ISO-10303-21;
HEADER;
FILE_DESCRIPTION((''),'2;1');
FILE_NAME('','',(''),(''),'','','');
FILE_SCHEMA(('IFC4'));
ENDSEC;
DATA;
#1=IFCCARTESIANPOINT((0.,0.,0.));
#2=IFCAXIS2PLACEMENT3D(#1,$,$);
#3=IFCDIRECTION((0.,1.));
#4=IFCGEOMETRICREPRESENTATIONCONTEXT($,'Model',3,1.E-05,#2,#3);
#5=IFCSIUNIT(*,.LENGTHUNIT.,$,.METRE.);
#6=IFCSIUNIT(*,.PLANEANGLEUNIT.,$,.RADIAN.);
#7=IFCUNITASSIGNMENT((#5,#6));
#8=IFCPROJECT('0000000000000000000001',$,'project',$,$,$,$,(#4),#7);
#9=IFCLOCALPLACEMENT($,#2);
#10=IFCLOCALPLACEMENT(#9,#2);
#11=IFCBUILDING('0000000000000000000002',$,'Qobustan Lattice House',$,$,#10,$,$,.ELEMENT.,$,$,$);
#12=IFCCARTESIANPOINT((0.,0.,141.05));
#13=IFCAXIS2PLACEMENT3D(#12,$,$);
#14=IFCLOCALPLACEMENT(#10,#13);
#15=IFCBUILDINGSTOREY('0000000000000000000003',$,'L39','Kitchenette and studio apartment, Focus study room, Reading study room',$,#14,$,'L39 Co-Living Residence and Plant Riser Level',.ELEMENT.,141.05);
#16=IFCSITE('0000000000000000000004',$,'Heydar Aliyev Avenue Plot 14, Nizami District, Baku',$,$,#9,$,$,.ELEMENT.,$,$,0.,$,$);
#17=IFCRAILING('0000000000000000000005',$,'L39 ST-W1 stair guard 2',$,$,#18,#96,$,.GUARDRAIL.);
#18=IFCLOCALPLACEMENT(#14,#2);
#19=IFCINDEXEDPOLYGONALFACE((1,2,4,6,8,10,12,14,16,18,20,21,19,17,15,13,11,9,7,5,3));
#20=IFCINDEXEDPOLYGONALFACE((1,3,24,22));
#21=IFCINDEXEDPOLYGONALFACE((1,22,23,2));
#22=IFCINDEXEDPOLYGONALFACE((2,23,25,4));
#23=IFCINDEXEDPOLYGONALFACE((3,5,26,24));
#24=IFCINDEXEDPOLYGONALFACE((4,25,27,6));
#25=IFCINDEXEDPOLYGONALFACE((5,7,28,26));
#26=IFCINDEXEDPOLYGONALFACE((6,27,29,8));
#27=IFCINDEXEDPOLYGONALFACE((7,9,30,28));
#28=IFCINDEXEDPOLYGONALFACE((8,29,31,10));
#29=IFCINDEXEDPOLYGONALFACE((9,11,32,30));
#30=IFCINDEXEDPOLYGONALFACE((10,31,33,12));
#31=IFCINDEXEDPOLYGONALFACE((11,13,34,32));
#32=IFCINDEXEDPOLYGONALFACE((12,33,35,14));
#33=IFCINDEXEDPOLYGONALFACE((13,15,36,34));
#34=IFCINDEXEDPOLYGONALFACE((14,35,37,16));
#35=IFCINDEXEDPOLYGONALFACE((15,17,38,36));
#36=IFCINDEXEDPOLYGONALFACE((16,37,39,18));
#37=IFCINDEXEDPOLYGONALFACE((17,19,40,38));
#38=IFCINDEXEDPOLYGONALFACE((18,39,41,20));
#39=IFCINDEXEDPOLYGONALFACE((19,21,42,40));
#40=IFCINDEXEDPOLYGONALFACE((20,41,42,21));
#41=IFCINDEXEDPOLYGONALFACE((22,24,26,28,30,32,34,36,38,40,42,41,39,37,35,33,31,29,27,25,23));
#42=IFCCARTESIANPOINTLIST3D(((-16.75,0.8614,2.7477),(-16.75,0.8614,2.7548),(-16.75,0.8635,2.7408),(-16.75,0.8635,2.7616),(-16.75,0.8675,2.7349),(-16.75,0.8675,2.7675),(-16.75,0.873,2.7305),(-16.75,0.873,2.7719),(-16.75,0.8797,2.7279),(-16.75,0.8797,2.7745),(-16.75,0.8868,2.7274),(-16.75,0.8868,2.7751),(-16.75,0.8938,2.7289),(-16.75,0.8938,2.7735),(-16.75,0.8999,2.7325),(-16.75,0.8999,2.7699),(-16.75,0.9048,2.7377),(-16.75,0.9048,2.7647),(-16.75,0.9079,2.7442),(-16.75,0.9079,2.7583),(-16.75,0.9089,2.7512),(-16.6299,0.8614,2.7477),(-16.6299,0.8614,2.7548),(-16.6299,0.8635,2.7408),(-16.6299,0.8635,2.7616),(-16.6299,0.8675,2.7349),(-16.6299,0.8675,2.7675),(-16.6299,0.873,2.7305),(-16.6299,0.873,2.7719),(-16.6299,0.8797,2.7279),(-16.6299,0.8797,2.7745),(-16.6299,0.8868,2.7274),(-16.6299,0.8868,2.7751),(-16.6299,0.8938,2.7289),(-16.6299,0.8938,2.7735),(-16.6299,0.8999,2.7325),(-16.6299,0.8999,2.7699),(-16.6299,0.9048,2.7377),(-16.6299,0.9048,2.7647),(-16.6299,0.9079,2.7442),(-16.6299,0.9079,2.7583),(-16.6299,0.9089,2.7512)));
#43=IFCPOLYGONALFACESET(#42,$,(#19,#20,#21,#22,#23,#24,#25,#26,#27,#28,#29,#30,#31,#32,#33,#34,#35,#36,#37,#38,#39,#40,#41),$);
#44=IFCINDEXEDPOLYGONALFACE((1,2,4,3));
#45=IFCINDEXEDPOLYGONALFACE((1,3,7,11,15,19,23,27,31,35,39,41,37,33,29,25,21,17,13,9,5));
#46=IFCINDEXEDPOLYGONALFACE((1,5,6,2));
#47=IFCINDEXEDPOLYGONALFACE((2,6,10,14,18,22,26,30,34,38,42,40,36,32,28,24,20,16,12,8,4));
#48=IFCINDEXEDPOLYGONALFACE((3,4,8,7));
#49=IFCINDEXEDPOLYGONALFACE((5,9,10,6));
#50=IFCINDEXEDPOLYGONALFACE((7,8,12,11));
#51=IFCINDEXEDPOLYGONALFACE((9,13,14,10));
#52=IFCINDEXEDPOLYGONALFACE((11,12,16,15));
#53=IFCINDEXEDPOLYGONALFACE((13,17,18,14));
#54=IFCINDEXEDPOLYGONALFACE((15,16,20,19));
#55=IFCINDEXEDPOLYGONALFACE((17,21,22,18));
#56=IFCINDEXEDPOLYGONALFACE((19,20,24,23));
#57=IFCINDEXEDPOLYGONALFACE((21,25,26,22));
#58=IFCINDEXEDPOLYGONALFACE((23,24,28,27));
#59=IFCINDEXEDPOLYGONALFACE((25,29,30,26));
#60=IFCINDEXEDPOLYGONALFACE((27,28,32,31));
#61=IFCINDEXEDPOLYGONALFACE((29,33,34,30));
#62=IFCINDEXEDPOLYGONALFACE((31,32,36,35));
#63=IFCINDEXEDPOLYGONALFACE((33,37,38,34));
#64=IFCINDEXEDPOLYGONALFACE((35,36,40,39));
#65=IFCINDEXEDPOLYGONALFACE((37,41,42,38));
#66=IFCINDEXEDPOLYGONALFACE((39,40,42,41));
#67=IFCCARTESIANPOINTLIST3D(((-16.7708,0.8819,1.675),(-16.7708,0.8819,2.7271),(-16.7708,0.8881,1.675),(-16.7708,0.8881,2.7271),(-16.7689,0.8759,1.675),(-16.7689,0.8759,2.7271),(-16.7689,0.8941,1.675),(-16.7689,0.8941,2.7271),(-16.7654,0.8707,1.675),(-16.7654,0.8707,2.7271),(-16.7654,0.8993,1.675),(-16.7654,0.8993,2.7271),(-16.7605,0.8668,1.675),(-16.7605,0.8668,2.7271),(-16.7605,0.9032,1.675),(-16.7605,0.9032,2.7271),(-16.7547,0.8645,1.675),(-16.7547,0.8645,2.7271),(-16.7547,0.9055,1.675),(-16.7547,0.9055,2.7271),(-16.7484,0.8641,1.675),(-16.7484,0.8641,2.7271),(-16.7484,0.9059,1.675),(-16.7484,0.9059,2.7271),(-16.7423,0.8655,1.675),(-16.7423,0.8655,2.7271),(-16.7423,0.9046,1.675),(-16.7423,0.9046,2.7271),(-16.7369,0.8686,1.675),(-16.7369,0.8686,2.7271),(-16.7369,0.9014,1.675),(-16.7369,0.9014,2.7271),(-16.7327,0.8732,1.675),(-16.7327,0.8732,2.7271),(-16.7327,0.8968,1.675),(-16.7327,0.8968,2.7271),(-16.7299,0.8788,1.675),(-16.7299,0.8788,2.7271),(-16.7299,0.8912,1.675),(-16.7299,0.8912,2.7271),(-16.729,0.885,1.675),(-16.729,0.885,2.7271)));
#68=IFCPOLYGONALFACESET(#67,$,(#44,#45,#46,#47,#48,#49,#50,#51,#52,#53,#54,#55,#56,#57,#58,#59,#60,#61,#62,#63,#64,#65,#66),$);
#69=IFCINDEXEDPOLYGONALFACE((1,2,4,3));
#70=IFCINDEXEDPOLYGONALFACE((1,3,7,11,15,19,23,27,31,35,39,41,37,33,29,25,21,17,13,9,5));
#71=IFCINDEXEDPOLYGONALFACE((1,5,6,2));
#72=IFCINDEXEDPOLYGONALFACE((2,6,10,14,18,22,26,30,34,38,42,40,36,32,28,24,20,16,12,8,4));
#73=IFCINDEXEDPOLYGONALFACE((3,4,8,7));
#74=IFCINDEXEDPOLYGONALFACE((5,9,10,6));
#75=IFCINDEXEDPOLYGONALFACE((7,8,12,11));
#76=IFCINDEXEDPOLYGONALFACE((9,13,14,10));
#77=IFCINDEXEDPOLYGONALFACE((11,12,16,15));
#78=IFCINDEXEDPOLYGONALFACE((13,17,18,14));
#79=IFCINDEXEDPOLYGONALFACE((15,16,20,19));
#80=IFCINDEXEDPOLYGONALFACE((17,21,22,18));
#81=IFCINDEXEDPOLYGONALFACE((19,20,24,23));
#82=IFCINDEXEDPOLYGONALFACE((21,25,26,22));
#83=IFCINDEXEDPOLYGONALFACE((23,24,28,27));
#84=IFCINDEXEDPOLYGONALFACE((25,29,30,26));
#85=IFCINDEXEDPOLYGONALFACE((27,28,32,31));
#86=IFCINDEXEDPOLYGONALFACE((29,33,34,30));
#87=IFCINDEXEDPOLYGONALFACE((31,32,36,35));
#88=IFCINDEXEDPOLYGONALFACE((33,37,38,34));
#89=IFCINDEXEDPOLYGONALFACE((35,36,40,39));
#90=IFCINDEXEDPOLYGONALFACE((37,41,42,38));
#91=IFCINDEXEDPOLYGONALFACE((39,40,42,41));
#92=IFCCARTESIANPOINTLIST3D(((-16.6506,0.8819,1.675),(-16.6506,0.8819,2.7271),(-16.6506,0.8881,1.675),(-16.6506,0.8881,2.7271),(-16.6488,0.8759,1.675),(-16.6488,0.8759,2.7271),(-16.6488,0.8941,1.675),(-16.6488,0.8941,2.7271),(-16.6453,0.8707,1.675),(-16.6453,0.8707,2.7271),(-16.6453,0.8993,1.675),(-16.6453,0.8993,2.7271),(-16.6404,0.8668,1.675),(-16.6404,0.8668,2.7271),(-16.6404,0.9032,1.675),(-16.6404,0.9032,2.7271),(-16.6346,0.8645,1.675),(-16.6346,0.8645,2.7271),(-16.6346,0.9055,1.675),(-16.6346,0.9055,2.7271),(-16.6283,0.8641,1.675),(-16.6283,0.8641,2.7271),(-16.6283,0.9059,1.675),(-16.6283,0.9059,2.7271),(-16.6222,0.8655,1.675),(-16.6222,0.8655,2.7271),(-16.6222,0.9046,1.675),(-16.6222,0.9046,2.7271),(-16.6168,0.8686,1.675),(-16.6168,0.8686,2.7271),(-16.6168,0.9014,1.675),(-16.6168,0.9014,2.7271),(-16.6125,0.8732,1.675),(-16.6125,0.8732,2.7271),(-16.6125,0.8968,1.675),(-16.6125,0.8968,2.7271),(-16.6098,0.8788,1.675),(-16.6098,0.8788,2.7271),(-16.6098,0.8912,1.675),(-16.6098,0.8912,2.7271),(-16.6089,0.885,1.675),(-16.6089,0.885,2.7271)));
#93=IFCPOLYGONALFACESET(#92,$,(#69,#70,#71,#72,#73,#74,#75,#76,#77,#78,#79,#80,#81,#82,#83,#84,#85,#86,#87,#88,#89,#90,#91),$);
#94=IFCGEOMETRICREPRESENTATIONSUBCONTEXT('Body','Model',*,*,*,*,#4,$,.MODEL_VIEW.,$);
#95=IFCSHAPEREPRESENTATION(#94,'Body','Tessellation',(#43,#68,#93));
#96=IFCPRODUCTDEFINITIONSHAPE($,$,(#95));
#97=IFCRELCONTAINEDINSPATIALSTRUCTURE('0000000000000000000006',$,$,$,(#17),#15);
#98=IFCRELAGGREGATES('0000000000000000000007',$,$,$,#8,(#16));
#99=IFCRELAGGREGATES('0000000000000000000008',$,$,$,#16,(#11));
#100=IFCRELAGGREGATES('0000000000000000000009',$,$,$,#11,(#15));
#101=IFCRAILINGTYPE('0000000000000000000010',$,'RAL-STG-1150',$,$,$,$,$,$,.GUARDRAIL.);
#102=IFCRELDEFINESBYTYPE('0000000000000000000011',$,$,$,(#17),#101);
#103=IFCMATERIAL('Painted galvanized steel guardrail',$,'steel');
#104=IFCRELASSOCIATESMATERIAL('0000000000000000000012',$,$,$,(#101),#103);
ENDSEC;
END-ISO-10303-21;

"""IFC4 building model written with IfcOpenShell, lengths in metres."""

from ifc_helpers import new_model, si_unit, direction, frame, origin, origin_2d, place, context, subcontext, project, spatial, circle, extrude, material, type_object, element, save


model = new_model("IFC4")

# Units and contexts
model_context = context("Model", 3, precision=1e-05, world=origin(), true_north=direction((0.0, 1.0)))
body_context = subcontext(model_context, "Body", "Model", "MODEL_VIEW")
ifc_project = project(units=[si_unit("LENGTHUNIT", "METRE"), si_unit("PLANEANGLEUNIT", "RADIAN")], contexts=[model_context])

# Site, building, storey
site_placement = place(None, origin())
site = spatial("IfcSite", under=ifc_project, at=site_placement, Name="Heydar Aliyev Avenue Plot 14, Nizami District, Baku", CompositionType="ELEMENT", RefElevation=0.0)
building_placement = place(site_placement, origin())
building = spatial("IfcBuilding", under=site, at=building_placement, Name="Qobustan Lattice House", CompositionType="ELEMENT")
storey_placement = place(building_placement, frame((0.0, 0.0, 141.05)))
storey = spatial("IfcBuildingStorey", under=building, at=storey_placement, Name="L39", Description="Kitchenette and studio apartment, Focus study room, Reading study room", LongName="L39 Co-Living Residence and Plant Riser Level", CompositionType="ELEMENT", Elevation=141.05)

# Railing
ifc_material_1 = material(Name="Painted galvanized steel guardrail", Category="steel")
railing_type_1 = type_object("IfcRailingType", Name="RAL-STG-1150", PredefinedType="GUARDRAIL", material=ifc_material_1)
railing_1_placement = place(storey_placement, frame((-16.75, 0.885, 1.675)))
element("IfcRailing", 1, at=railing_1_placement, inside=storey, type_object=railing_type_1, Name="L39 ST-W1 stair guard 2", PredefinedType="GUARDRAIL", context=body_context, shape_type="SweptSolid", body=[
    extrude(circle(Radius=0.0239, at=origin_2d()), frame((0.0, 0.0, 1.0762), z_axis=(1.0, 0.0, 0.0), x_axis=(0.0, 1.0, 0.0)), (0.0, 0.0, 1.0), 0.1201),
    extrude(circle(Radius=0.021, at=origin_2d()), origin(), (0.0, 0.0, 1.0), 1.052),
    extrude(circle(Radius=0.021, at=origin_2d()), frame((0.1201, 0.0, 0.0)), (0.0, 0.0, 1.0), 1.052),
])

save(model, "model.ifc")
